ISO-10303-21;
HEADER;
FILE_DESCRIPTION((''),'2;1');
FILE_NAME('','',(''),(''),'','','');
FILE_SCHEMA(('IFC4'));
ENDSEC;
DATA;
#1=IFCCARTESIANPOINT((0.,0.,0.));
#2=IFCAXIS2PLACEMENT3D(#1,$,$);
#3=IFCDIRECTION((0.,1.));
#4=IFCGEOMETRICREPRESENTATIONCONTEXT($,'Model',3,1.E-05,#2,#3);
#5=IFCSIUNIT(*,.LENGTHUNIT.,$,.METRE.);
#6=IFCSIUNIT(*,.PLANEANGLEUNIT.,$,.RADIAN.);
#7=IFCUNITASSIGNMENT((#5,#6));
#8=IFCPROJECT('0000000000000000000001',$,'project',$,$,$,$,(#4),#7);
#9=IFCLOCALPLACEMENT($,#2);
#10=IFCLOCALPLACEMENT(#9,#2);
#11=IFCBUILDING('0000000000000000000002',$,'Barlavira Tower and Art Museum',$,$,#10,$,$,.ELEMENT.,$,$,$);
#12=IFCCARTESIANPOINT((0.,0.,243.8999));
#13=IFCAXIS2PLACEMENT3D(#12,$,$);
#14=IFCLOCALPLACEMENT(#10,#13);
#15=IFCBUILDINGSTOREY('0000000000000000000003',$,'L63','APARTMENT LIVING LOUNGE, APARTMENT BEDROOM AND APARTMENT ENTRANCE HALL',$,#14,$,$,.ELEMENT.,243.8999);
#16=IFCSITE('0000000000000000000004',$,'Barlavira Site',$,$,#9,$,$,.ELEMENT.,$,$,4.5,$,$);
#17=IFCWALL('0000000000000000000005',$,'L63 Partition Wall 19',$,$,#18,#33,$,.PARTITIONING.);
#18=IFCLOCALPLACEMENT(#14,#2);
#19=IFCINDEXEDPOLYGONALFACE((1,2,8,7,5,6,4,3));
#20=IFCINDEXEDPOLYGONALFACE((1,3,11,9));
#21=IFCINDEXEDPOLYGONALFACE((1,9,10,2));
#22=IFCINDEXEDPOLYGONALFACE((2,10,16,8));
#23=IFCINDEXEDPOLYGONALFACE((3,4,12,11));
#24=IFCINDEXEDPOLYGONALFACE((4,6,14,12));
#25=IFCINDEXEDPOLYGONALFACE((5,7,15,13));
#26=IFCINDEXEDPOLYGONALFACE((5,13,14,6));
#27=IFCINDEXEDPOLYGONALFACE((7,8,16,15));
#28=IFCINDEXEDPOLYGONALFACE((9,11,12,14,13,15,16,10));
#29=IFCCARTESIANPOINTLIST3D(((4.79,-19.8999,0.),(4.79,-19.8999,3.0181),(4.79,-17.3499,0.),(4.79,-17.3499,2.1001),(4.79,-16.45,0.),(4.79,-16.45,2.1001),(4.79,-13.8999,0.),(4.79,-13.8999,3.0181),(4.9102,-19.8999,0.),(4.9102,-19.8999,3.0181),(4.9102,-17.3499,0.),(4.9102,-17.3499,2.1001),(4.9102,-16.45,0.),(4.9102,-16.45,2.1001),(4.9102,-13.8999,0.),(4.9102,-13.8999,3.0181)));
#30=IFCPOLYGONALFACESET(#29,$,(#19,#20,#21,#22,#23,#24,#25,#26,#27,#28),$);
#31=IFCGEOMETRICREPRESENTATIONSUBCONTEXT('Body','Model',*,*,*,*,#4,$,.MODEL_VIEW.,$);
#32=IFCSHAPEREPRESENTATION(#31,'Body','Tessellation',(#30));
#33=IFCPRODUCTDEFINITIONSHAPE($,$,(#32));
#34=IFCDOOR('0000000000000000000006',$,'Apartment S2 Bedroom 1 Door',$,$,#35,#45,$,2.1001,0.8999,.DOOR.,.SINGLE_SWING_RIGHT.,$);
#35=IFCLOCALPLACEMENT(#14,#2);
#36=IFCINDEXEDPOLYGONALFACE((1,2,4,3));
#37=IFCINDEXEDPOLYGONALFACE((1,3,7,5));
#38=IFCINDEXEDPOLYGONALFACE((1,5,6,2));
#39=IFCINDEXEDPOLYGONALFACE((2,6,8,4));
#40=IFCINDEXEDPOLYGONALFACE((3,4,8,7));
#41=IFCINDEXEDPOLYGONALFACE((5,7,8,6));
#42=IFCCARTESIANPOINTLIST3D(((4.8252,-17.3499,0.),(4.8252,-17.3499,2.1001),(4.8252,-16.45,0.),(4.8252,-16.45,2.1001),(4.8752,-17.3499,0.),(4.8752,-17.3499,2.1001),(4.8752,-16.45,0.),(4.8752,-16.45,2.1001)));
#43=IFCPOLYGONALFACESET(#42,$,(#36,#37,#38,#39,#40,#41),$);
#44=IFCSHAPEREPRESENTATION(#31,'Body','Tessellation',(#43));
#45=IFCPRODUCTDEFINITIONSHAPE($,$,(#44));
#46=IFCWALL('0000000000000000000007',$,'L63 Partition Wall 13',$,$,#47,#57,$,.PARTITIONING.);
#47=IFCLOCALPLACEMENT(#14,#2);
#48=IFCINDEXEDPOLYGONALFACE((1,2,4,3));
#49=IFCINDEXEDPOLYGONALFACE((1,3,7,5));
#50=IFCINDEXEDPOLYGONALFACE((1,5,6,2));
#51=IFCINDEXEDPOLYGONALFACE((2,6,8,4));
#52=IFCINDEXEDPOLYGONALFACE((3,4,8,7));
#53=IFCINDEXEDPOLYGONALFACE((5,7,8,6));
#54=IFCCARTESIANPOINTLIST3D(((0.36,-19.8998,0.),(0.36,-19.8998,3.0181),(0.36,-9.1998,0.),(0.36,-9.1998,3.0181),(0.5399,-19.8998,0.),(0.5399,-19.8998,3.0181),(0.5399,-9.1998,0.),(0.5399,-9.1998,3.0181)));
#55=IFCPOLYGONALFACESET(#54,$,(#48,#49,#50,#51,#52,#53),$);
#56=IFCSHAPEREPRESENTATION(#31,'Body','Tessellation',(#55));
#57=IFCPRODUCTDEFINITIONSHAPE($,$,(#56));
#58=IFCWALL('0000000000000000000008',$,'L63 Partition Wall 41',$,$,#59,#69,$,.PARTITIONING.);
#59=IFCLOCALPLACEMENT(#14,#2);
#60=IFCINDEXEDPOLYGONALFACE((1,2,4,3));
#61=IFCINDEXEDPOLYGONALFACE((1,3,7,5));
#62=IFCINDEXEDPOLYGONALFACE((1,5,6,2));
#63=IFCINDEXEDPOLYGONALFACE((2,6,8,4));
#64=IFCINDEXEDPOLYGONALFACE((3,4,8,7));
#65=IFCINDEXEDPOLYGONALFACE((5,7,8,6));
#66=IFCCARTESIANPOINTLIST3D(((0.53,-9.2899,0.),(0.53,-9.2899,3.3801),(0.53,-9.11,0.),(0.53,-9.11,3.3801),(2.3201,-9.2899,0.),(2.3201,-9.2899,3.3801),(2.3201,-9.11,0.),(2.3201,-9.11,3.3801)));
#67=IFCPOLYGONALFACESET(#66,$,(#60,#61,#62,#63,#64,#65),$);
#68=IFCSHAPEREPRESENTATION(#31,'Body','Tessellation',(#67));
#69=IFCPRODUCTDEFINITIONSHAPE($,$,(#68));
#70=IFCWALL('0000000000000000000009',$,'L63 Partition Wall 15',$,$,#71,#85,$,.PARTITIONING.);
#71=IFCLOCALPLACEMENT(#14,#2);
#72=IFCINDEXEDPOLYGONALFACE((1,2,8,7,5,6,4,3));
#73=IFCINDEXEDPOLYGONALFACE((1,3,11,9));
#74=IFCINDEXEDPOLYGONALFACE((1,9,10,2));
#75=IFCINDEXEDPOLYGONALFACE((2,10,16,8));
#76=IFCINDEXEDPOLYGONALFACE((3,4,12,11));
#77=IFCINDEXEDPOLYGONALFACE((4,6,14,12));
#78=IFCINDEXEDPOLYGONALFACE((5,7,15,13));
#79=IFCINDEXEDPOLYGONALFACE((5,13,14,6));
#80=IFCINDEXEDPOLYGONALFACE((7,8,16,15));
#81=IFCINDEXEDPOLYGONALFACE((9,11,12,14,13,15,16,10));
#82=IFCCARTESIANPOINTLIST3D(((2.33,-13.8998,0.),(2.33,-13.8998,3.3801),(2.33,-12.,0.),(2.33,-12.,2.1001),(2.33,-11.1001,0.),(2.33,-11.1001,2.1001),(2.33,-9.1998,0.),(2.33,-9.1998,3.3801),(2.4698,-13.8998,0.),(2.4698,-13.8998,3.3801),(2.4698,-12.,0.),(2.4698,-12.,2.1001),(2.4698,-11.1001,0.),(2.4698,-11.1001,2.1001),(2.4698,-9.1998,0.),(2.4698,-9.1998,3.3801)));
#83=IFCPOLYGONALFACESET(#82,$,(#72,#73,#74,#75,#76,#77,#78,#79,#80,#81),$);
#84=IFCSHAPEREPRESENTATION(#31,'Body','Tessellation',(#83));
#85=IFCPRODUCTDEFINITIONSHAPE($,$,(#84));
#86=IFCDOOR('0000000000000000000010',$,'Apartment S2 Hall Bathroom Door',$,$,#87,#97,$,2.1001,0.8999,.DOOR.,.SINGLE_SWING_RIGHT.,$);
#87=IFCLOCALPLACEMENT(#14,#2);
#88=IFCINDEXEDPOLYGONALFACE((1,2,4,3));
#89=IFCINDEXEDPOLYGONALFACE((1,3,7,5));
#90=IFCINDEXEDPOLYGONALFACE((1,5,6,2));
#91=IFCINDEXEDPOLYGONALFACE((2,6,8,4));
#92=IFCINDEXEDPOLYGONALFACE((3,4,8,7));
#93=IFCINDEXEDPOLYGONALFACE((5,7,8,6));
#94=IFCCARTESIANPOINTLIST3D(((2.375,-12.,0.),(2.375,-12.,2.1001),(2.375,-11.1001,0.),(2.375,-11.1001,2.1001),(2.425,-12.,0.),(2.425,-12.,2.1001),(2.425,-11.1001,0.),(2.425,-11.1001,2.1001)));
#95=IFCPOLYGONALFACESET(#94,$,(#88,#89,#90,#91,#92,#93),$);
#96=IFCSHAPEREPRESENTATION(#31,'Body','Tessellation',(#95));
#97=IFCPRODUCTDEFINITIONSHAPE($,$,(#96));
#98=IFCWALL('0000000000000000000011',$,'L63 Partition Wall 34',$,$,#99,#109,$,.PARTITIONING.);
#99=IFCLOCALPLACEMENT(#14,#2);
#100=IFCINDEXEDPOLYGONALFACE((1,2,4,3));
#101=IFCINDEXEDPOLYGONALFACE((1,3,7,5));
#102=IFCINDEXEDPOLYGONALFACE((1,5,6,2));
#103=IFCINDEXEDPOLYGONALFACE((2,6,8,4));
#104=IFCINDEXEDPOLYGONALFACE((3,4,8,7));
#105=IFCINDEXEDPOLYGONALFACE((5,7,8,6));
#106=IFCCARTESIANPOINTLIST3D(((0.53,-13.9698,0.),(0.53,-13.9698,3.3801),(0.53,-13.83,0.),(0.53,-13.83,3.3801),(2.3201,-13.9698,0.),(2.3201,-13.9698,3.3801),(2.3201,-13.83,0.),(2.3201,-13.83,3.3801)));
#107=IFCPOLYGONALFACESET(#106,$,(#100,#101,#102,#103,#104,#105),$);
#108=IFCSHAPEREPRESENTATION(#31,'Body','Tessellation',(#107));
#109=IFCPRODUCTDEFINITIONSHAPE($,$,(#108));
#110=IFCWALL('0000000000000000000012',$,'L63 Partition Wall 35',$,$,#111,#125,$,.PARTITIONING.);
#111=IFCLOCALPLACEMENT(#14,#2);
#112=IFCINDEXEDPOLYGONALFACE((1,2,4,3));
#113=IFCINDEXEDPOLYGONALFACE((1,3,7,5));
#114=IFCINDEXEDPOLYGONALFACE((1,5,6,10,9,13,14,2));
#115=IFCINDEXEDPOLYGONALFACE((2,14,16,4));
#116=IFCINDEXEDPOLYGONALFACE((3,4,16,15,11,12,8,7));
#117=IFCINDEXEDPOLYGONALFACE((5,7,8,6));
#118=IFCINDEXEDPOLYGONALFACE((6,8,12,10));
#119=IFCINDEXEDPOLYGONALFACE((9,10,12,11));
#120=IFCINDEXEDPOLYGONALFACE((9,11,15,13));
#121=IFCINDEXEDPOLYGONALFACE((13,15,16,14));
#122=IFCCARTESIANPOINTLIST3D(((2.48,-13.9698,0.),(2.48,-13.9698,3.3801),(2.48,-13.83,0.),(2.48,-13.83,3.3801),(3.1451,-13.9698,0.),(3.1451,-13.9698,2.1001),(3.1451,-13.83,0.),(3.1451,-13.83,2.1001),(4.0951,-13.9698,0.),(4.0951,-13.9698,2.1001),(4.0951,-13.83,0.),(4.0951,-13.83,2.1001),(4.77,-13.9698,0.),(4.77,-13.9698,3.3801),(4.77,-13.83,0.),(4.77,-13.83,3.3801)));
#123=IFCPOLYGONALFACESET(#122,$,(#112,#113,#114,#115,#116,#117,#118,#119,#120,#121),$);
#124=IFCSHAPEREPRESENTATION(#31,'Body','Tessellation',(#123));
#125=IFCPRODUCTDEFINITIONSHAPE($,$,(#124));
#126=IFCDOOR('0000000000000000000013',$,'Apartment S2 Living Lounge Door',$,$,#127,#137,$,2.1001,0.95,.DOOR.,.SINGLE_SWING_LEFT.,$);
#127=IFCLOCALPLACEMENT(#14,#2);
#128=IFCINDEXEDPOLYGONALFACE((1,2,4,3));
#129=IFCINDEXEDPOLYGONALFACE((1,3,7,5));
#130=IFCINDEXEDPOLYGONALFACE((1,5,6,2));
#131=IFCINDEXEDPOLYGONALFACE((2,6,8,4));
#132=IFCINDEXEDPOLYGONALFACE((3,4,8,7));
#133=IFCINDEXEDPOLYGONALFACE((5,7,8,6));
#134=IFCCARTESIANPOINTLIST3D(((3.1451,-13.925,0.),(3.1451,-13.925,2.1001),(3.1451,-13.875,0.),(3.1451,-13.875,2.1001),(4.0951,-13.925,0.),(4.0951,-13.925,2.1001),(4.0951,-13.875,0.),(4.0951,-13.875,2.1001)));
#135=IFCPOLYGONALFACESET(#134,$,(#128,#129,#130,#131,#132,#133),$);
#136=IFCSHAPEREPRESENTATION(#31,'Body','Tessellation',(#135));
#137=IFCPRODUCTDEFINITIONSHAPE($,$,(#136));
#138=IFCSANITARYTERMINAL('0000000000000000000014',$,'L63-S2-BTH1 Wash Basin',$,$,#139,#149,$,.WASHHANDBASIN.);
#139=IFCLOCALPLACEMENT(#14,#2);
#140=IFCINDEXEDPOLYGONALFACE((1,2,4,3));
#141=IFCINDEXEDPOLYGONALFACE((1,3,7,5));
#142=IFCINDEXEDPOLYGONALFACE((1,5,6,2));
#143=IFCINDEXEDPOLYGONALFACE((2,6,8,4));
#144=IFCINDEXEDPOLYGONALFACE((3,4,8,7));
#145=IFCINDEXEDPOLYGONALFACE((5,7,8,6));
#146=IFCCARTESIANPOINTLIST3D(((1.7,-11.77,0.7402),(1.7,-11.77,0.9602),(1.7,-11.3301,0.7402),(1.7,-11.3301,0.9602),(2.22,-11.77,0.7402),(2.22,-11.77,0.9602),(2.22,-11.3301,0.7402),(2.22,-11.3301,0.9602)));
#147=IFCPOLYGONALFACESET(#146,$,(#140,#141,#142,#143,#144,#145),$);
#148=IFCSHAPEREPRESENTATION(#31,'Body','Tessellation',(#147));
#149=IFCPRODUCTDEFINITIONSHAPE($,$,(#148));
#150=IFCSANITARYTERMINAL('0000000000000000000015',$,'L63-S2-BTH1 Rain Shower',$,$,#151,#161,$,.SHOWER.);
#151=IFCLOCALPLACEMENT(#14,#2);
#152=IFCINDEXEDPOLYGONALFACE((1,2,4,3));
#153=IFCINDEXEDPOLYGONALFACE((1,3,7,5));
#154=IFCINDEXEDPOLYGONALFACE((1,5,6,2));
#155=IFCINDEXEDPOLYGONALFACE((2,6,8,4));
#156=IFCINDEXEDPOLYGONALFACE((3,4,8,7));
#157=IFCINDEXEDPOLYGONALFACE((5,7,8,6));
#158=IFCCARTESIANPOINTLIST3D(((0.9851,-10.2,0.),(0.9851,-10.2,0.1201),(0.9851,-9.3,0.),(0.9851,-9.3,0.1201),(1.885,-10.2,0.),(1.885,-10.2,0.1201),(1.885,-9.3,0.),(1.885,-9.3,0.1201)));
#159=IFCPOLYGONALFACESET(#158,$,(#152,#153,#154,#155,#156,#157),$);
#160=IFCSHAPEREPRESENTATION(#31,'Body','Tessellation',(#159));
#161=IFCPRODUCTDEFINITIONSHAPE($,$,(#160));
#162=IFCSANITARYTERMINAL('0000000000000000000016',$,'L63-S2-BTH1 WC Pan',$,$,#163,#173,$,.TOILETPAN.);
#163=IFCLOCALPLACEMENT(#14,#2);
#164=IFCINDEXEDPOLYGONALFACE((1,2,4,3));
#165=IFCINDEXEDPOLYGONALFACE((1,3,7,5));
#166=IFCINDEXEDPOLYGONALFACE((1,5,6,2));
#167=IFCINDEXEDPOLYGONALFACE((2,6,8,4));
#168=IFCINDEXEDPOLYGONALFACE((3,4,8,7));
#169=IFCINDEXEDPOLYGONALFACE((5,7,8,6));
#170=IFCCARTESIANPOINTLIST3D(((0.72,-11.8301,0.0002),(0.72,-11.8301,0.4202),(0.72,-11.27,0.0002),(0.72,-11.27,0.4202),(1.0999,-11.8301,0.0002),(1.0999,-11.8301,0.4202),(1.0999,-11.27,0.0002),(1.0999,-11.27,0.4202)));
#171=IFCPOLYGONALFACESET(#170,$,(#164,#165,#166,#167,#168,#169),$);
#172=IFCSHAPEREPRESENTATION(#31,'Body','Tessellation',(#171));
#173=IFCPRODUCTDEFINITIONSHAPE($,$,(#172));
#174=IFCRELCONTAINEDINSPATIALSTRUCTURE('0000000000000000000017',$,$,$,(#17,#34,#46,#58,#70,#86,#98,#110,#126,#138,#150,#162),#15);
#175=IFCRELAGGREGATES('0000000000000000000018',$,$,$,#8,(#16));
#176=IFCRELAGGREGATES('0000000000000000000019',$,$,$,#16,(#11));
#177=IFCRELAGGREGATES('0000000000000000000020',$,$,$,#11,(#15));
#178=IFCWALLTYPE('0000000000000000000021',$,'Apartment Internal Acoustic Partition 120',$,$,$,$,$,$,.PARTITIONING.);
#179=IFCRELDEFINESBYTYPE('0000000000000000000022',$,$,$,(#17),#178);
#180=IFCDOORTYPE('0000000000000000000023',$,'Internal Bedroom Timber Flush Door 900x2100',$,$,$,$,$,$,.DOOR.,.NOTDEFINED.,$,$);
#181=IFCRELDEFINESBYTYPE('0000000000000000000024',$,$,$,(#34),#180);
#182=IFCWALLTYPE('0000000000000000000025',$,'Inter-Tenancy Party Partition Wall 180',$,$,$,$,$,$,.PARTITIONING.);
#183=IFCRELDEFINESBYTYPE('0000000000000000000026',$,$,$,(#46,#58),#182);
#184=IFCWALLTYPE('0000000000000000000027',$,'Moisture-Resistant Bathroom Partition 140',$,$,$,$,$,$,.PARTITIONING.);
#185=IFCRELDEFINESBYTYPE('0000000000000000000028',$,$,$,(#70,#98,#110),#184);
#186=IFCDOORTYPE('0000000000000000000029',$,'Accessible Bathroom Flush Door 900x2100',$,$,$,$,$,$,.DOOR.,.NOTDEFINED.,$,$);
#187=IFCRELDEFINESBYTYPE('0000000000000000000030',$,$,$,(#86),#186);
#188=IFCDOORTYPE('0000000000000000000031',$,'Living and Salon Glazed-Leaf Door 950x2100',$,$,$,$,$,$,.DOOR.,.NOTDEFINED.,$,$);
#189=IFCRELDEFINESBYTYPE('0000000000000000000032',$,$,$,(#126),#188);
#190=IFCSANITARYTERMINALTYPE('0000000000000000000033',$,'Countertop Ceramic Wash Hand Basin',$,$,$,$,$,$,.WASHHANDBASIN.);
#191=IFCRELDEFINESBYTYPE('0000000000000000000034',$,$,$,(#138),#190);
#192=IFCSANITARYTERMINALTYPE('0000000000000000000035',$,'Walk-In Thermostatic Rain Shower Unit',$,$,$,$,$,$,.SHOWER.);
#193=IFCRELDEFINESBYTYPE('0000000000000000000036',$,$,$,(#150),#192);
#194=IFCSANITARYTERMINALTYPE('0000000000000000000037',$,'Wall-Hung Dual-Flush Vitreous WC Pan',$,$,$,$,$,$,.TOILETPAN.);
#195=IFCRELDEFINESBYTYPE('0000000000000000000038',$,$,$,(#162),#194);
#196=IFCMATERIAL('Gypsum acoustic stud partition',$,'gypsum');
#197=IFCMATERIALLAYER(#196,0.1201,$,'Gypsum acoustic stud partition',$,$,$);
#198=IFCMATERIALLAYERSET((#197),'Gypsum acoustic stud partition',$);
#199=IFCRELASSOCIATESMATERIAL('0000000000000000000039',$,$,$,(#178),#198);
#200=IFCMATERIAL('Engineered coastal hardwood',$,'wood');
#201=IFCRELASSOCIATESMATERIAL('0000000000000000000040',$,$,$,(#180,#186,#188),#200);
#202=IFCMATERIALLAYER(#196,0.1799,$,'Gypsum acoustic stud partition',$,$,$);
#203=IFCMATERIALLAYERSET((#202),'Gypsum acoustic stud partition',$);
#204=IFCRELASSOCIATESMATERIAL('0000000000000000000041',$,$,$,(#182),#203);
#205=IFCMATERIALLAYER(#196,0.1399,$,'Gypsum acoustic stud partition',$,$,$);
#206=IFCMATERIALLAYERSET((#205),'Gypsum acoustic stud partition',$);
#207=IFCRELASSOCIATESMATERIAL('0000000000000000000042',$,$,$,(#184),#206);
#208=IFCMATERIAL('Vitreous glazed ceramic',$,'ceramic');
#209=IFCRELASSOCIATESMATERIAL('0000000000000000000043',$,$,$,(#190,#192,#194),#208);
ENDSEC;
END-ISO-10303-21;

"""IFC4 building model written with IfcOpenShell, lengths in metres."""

from ifc_helpers import new_model, si_unit, direction, frame, frame_2d, origin, origin_2d, place, context, subcontext, project, spatial, rectangle, extrude, material, layer, layer_set, type_object, element, fill, save


model = new_model("IFC4")

# Units and contexts
model_context = context("Model", 3, precision=1e-05, world=origin(), true_north=direction((0.0, 1.0)))
body_context = subcontext(model_context, "Body", "Model", "MODEL_VIEW")
ifc_project = project(units=[si_unit("LENGTHUNIT", "METRE"), si_unit("PLANEANGLEUNIT", "RADIAN")], contexts=[model_context])

# Site, building, storey
site_placement = place(None, origin())
site = spatial("IfcSite", under=ifc_project, at=site_placement, Name="Barlavira Site", CompositionType="ELEMENT", RefElevation=4.5)
building_placement = place(site_placement, origin())
building = spatial("IfcBuilding", under=site, at=building_placement, Name="Barlavira Tower and Art Museum", CompositionType="ELEMENT")
storey_placement = place(building_placement, frame((0.0, 0.0, 243.8999)))
storey = spatial("IfcBuildingStorey", under=building, at=storey_placement, Name="L63", Description="APARTMENT LIVING LOUNGE, APARTMENT BEDROOM AND APARTMENT ENTRANCE HALL", CompositionType="ELEMENT", Elevation=243.8999)

# Wall, opening, door
ifc_material_1 = material(Name="Gypsum acoustic stud partition", Category="gypsum")
ifc_layer_1 = layer(ifc_material_1, 0.1201, Name="Gypsum acoustic stud partition")
ifc_layer_set_1 = layer_set([ifc_layer_1], Name="Gypsum acoustic stud partition")
wall_type_1 = type_object("IfcWallType", Name="Apartment Internal Acoustic Partition 120", PredefinedType="PARTITIONING", material=ifc_layer_set_1)
wall_1_placement = place(storey_placement, frame((4.8501, -19.8999, 0.0), z_axis=(0.0, 0.0, 1.0), x_axis=(0.0, 1.0, 0.0)))
wall_1 = element("IfcWall", 1, at=wall_1_placement, inside=storey, type_object=wall_type_1, Name="L63 Partition Wall 19", PredefinedType="PARTITIONING", context=body_context, shape_type="SweptSolid", body=[
    extrude(rectangle(XDim=6.0, YDim=0.1201, at=frame_2d((3.0, 0.0))), origin(), (0.0, 0.0, 1.0), 3.0181),
])
opening_1_placement = place(wall_1_placement, frame((2.55, 0.0, 0.0)))
opening_1 = element("IfcOpeningElement", 2, at=opening_1_placement, cuts=wall_1, PredefinedType="OPENING", context=body_context, shape_type="SweptSolid", body=[
    extrude(rectangle(XDim=0.8999, YDim=2.1001, at=frame_2d((0.45, 1.05))), frame((0.0, 0.0701, 0.0), z_axis=(0.0, -1.0, 0.0), x_axis=(1.0, 0.0, 0.0)), (0.0, 0.0, 1.0), 0.1401),
])
ifc_material_2 = material(Name="Engineered coastal hardwood", Category="wood")
door_type_1 = type_object("IfcDoorType", Name="Internal Bedroom Timber Flush Door 900x2100", OperationType="NOTDEFINED", PredefinedType="DOOR", material=ifc_material_2)
door_1_placement = place(opening_1_placement, origin())
door_1 = element("IfcDoor", 3, at=door_1_placement, inside=storey, type_object=door_type_1, Name="Apartment S2 Bedroom 1 Door", OperationType="SINGLE_SWING_RIGHT", OverallHeight=2.1001, OverallWidth=0.8999, PredefinedType="DOOR", context=body_context, shape_type="SweptSolid", body=[
    extrude(rectangle(XDim=0.8999, YDim=2.1001, at=frame_2d((0.45, 1.05))), frame((0.0, 0.0249, 0.0), z_axis=(0.0, -1.0, 0.0), x_axis=(1.0, 0.0, 0.0)), (0.0, 0.0, 1.0), 0.05),
])
fill(opening_1, door_1)

# Walls
ifc_layer_2 = layer(ifc_material_1, 0.1799, Name="Gypsum acoustic stud partition")
ifc_layer_set_2 = layer_set([ifc_layer_2], Name="Gypsum acoustic stud partition")
wall_type_2 = type_object("IfcWallType", Name="Inter-Tenancy Party Partition Wall 180", PredefinedType="PARTITIONING", material=ifc_layer_set_2)
wall_2_placement = place(storey_placement, frame((0.45, -19.8999, 0.0), z_axis=(0.0, 0.0, 1.0), x_axis=(0.0, 1.0, 0.0)))
element("IfcWall", 4, at=wall_2_placement, inside=storey, type_object=wall_type_2, Name="L63 Partition Wall 13", PredefinedType="PARTITIONING", context=body_context, shape_type="SweptSolid", body=[
    extrude(rectangle(XDim=10.7, YDim=0.1799, at=frame_2d((5.3501, 0.0))), origin(), (0.0, 0.0, 1.0), 3.0181),
])
wall_3_placement = place(storey_placement, frame((0.53, -9.2, 0.0), z_axis=(0.0, 0.0, 1.0), x_axis=(1.0, 0.0, 0.0)))
element("IfcWall", 5, at=wall_3_placement, inside=storey, type_object=wall_type_2, Name="L63 Partition Wall 41", PredefinedType="PARTITIONING", context=body_context, shape_type="SweptSolid", body=[
    extrude(rectangle(XDim=1.79, YDim=0.1799, at=frame_2d((0.895, 0.0))), origin(), (0.0, 0.0, 1.0), 3.3801),
])

# Wall, opening, door
ifc_layer_3 = layer(ifc_material_1, 0.1399, Name="Gypsum acoustic stud partition")
ifc_layer_set_3 = layer_set([ifc_layer_3], Name="Gypsum acoustic stud partition")
wall_type_3 = type_object("IfcWallType", Name="Moisture-Resistant Bathroom Partition 140", PredefinedType="PARTITIONING", material=ifc_layer_set_3)
wall_4_placement = place(storey_placement, frame((2.3999, -13.8999, 0.0), z_axis=(0.0, 0.0, 1.0), x_axis=(0.0, 1.0, 0.0)))
wall_4 = element("IfcWall", 6, at=wall_4_placement, inside=storey, type_object=wall_type_3, Name="L63 Partition Wall 15", PredefinedType="PARTITIONING", context=body_context, shape_type="SweptSolid", body=[
    extrude(rectangle(XDim=4.7, YDim=0.1399, at=frame_2d((2.3501, 0.0))), origin(), (0.0, 0.0, 1.0), 3.3801),
])
opening_2_placement = place(wall_4_placement, frame((1.8999, 0.0, 0.0)))
opening_2 = element("IfcOpeningElement", 7, at=opening_2_placement, cuts=wall_4, PredefinedType="OPENING", context=body_context, shape_type="SweptSolid", body=[
    extrude(rectangle(XDim=0.8999, YDim=2.1001, at=frame_2d((0.45, 1.05))), frame((0.0, 0.0801, 0.0), z_axis=(0.0, -1.0, 0.0), x_axis=(1.0, 0.0, 0.0)), (0.0, 0.0, 1.0), 0.1599),
])
door_type_2 = type_object("IfcDoorType", Name="Accessible Bathroom Flush Door 900x2100", OperationType="NOTDEFINED", PredefinedType="DOOR", material=ifc_material_2)
door_2_placement = place(opening_2_placement, origin())
door_2 = element("IfcDoor", 8, at=door_2_placement, inside=storey, type_object=door_type_2, Name="Apartment S2 Hall Bathroom Door", OperationType="SINGLE_SWING_RIGHT", OverallHeight=2.1001, OverallWidth=0.8999, PredefinedType="DOOR", context=body_context, shape_type="SweptSolid", body=[
    extrude(rectangle(XDim=0.8999, YDim=2.1001, at=frame_2d((0.45, 1.05))), frame((0.0, 0.0249, 0.0), z_axis=(0.0, -1.0, 0.0), x_axis=(1.0, 0.0, 0.0)), (0.0, 0.0, 1.0), 0.05),
])
fill(opening_2, door_2)

# Wall
wall_5_placement = place(storey_placement, frame((0.53, -13.8999, 0.0), z_axis=(0.0, 0.0, 1.0), x_axis=(1.0, 0.0, 0.0)))
element("IfcWall", 9, at=wall_5_placement, inside=storey, type_object=wall_type_3, Name="L63 Partition Wall 34", PredefinedType="PARTITIONING", context=body_context, shape_type="SweptSolid", body=[
    extrude(rectangle(XDim=1.79, YDim=0.1399, at=frame_2d((0.895, 0.0))), origin(), (0.0, 0.0, 1.0), 3.3801),
])

# Wall, opening, door
wall_6_placement = place(storey_placement, frame((2.48, -13.8999, 0.0), z_axis=(0.0, 0.0, 1.0), x_axis=(1.0, 0.0, 0.0)))
wall_6 = element("IfcWall", 10, at=wall_6_placement, inside=storey, type_object=wall_type_3, Name="L63 Partition Wall 35", PredefinedType="PARTITIONING", context=body_context, shape_type="SweptSolid", body=[
    extrude(rectangle(XDim=2.29, YDim=0.1399, at=frame_2d((1.145, 0.0))), origin(), (0.0, 0.0, 1.0), 3.3801),
])
opening_3_placement = place(wall_6_placement, frame((0.665, 0.0, 0.0)))
opening_3 = element("IfcOpeningElement", 11, at=opening_3_placement, cuts=wall_6, PredefinedType="OPENING", context=body_context, shape_type="SweptSolid", body=[
    extrude(rectangle(XDim=0.95, YDim=2.1001, at=frame_2d((0.4751, 1.05))), frame((0.0, 0.0801, 0.0), z_axis=(0.0, -1.0, 0.0), x_axis=(1.0, 0.0, 0.0)), (0.0, 0.0, 1.0), 0.1599),
])
door_type_3 = type_object("IfcDoorType", Name="Living and Salon Glazed-Leaf Door 950x2100", OperationType="NOTDEFINED", PredefinedType="DOOR", material=ifc_material_2)
door_3_placement = place(opening_3_placement, origin())
door_3 = element("IfcDoor", 12, at=door_3_placement, inside=storey, type_object=door_type_3, Name="Apartment S2 Living Lounge Door", OperationType="SINGLE_SWING_LEFT", OverallHeight=2.1001, OverallWidth=0.95, PredefinedType="DOOR", context=body_context, shape_type="SweptSolid", body=[
    extrude(rectangle(XDim=0.95, YDim=2.1001, at=frame_2d((0.4751, 1.05))), frame((0.0, 0.0249, 0.0), z_axis=(0.0, -1.0, 0.0), x_axis=(1.0, 0.0, 0.0)), (0.0, 0.0, 1.0), 0.05),
])
fill(opening_3, door_3)

# Sanitary terminals
ifc_material_3 = material(Name="Vitreous glazed ceramic", Category="ceramic")
sanitary_terminal_type_1 = type_object("IfcSanitaryTerminalType", Name="Countertop Ceramic Wash Hand Basin", PredefinedType="WASHHANDBASIN", material=ifc_material_3)
sanitary_terminal_1_placement = place(storey_placement, frame((1.96, -11.55, 0.7402), z_axis=(0.0, 0.0, 1.0), x_axis=(1.0, 0.0, 0.0)))
element("IfcSanitaryTerminal", 13, at=sanitary_terminal_1_placement, inside=storey, type_object=sanitary_terminal_type_1, Name="L63-S2-BTH1 Wash Basin", PredefinedType="WASHHANDBASIN", context=body_context, shape_type="SweptSolid", body=[
    extrude(rectangle(XDim=0.52, YDim=0.4399, at=origin_2d()), origin(), (0.0, 0.0, 1.0), 0.22),
])
sanitary_terminal_type_2 = type_object("IfcSanitaryTerminalType", Name="Walk-In Thermostatic Rain Shower Unit", PredefinedType="SHOWER", material=ifc_material_3)
sanitary_terminal_2_placement = place(storey_placement, frame((1.4351, -9.75, 0.0), z_axis=(0.0, 0.0, 1.0), x_axis=(1.0, 0.0, 0.0)))
element("IfcSanitaryTerminal", 14, at=sanitary_terminal_2_placement, inside=storey, type_object=sanitary_terminal_type_2, Name="L63-S2-BTH1 Rain Shower", PredefinedType="SHOWER", context=body_context, shape_type="SweptSolid", body=[
    extrude(rectangle(XDim=0.8999, YDim=0.8999, at=origin_2d()), origin(), (0.0, 0.0, 1.0), 0.1201),
])
sanitary_terminal_type_3 = type_object("IfcSanitaryTerminalType", Name="Wall-Hung Dual-Flush Vitreous WC Pan", PredefinedType="TOILETPAN", material=ifc_material_3)
sanitary_terminal_3_placement = place(storey_placement, frame((0.9099, -11.55, 0.0002), z_axis=(0.0, 0.0, 1.0), x_axis=(1.0, 0.0, 0.0)))
element("IfcSanitaryTerminal", 15, at=sanitary_terminal_3_placement, inside=storey, type_object=sanitary_terminal_type_3, Name="L63-S2-BTH1 WC Pan", PredefinedType="TOILETPAN", context=body_context, shape_type="SweptSolid", body=[
    extrude(rectangle(XDim=0.3799, YDim=0.5601, at=origin_2d()), origin(), (0.0, 0.0, 1.0), 0.4199),
])

save(model, "model.ifc")
